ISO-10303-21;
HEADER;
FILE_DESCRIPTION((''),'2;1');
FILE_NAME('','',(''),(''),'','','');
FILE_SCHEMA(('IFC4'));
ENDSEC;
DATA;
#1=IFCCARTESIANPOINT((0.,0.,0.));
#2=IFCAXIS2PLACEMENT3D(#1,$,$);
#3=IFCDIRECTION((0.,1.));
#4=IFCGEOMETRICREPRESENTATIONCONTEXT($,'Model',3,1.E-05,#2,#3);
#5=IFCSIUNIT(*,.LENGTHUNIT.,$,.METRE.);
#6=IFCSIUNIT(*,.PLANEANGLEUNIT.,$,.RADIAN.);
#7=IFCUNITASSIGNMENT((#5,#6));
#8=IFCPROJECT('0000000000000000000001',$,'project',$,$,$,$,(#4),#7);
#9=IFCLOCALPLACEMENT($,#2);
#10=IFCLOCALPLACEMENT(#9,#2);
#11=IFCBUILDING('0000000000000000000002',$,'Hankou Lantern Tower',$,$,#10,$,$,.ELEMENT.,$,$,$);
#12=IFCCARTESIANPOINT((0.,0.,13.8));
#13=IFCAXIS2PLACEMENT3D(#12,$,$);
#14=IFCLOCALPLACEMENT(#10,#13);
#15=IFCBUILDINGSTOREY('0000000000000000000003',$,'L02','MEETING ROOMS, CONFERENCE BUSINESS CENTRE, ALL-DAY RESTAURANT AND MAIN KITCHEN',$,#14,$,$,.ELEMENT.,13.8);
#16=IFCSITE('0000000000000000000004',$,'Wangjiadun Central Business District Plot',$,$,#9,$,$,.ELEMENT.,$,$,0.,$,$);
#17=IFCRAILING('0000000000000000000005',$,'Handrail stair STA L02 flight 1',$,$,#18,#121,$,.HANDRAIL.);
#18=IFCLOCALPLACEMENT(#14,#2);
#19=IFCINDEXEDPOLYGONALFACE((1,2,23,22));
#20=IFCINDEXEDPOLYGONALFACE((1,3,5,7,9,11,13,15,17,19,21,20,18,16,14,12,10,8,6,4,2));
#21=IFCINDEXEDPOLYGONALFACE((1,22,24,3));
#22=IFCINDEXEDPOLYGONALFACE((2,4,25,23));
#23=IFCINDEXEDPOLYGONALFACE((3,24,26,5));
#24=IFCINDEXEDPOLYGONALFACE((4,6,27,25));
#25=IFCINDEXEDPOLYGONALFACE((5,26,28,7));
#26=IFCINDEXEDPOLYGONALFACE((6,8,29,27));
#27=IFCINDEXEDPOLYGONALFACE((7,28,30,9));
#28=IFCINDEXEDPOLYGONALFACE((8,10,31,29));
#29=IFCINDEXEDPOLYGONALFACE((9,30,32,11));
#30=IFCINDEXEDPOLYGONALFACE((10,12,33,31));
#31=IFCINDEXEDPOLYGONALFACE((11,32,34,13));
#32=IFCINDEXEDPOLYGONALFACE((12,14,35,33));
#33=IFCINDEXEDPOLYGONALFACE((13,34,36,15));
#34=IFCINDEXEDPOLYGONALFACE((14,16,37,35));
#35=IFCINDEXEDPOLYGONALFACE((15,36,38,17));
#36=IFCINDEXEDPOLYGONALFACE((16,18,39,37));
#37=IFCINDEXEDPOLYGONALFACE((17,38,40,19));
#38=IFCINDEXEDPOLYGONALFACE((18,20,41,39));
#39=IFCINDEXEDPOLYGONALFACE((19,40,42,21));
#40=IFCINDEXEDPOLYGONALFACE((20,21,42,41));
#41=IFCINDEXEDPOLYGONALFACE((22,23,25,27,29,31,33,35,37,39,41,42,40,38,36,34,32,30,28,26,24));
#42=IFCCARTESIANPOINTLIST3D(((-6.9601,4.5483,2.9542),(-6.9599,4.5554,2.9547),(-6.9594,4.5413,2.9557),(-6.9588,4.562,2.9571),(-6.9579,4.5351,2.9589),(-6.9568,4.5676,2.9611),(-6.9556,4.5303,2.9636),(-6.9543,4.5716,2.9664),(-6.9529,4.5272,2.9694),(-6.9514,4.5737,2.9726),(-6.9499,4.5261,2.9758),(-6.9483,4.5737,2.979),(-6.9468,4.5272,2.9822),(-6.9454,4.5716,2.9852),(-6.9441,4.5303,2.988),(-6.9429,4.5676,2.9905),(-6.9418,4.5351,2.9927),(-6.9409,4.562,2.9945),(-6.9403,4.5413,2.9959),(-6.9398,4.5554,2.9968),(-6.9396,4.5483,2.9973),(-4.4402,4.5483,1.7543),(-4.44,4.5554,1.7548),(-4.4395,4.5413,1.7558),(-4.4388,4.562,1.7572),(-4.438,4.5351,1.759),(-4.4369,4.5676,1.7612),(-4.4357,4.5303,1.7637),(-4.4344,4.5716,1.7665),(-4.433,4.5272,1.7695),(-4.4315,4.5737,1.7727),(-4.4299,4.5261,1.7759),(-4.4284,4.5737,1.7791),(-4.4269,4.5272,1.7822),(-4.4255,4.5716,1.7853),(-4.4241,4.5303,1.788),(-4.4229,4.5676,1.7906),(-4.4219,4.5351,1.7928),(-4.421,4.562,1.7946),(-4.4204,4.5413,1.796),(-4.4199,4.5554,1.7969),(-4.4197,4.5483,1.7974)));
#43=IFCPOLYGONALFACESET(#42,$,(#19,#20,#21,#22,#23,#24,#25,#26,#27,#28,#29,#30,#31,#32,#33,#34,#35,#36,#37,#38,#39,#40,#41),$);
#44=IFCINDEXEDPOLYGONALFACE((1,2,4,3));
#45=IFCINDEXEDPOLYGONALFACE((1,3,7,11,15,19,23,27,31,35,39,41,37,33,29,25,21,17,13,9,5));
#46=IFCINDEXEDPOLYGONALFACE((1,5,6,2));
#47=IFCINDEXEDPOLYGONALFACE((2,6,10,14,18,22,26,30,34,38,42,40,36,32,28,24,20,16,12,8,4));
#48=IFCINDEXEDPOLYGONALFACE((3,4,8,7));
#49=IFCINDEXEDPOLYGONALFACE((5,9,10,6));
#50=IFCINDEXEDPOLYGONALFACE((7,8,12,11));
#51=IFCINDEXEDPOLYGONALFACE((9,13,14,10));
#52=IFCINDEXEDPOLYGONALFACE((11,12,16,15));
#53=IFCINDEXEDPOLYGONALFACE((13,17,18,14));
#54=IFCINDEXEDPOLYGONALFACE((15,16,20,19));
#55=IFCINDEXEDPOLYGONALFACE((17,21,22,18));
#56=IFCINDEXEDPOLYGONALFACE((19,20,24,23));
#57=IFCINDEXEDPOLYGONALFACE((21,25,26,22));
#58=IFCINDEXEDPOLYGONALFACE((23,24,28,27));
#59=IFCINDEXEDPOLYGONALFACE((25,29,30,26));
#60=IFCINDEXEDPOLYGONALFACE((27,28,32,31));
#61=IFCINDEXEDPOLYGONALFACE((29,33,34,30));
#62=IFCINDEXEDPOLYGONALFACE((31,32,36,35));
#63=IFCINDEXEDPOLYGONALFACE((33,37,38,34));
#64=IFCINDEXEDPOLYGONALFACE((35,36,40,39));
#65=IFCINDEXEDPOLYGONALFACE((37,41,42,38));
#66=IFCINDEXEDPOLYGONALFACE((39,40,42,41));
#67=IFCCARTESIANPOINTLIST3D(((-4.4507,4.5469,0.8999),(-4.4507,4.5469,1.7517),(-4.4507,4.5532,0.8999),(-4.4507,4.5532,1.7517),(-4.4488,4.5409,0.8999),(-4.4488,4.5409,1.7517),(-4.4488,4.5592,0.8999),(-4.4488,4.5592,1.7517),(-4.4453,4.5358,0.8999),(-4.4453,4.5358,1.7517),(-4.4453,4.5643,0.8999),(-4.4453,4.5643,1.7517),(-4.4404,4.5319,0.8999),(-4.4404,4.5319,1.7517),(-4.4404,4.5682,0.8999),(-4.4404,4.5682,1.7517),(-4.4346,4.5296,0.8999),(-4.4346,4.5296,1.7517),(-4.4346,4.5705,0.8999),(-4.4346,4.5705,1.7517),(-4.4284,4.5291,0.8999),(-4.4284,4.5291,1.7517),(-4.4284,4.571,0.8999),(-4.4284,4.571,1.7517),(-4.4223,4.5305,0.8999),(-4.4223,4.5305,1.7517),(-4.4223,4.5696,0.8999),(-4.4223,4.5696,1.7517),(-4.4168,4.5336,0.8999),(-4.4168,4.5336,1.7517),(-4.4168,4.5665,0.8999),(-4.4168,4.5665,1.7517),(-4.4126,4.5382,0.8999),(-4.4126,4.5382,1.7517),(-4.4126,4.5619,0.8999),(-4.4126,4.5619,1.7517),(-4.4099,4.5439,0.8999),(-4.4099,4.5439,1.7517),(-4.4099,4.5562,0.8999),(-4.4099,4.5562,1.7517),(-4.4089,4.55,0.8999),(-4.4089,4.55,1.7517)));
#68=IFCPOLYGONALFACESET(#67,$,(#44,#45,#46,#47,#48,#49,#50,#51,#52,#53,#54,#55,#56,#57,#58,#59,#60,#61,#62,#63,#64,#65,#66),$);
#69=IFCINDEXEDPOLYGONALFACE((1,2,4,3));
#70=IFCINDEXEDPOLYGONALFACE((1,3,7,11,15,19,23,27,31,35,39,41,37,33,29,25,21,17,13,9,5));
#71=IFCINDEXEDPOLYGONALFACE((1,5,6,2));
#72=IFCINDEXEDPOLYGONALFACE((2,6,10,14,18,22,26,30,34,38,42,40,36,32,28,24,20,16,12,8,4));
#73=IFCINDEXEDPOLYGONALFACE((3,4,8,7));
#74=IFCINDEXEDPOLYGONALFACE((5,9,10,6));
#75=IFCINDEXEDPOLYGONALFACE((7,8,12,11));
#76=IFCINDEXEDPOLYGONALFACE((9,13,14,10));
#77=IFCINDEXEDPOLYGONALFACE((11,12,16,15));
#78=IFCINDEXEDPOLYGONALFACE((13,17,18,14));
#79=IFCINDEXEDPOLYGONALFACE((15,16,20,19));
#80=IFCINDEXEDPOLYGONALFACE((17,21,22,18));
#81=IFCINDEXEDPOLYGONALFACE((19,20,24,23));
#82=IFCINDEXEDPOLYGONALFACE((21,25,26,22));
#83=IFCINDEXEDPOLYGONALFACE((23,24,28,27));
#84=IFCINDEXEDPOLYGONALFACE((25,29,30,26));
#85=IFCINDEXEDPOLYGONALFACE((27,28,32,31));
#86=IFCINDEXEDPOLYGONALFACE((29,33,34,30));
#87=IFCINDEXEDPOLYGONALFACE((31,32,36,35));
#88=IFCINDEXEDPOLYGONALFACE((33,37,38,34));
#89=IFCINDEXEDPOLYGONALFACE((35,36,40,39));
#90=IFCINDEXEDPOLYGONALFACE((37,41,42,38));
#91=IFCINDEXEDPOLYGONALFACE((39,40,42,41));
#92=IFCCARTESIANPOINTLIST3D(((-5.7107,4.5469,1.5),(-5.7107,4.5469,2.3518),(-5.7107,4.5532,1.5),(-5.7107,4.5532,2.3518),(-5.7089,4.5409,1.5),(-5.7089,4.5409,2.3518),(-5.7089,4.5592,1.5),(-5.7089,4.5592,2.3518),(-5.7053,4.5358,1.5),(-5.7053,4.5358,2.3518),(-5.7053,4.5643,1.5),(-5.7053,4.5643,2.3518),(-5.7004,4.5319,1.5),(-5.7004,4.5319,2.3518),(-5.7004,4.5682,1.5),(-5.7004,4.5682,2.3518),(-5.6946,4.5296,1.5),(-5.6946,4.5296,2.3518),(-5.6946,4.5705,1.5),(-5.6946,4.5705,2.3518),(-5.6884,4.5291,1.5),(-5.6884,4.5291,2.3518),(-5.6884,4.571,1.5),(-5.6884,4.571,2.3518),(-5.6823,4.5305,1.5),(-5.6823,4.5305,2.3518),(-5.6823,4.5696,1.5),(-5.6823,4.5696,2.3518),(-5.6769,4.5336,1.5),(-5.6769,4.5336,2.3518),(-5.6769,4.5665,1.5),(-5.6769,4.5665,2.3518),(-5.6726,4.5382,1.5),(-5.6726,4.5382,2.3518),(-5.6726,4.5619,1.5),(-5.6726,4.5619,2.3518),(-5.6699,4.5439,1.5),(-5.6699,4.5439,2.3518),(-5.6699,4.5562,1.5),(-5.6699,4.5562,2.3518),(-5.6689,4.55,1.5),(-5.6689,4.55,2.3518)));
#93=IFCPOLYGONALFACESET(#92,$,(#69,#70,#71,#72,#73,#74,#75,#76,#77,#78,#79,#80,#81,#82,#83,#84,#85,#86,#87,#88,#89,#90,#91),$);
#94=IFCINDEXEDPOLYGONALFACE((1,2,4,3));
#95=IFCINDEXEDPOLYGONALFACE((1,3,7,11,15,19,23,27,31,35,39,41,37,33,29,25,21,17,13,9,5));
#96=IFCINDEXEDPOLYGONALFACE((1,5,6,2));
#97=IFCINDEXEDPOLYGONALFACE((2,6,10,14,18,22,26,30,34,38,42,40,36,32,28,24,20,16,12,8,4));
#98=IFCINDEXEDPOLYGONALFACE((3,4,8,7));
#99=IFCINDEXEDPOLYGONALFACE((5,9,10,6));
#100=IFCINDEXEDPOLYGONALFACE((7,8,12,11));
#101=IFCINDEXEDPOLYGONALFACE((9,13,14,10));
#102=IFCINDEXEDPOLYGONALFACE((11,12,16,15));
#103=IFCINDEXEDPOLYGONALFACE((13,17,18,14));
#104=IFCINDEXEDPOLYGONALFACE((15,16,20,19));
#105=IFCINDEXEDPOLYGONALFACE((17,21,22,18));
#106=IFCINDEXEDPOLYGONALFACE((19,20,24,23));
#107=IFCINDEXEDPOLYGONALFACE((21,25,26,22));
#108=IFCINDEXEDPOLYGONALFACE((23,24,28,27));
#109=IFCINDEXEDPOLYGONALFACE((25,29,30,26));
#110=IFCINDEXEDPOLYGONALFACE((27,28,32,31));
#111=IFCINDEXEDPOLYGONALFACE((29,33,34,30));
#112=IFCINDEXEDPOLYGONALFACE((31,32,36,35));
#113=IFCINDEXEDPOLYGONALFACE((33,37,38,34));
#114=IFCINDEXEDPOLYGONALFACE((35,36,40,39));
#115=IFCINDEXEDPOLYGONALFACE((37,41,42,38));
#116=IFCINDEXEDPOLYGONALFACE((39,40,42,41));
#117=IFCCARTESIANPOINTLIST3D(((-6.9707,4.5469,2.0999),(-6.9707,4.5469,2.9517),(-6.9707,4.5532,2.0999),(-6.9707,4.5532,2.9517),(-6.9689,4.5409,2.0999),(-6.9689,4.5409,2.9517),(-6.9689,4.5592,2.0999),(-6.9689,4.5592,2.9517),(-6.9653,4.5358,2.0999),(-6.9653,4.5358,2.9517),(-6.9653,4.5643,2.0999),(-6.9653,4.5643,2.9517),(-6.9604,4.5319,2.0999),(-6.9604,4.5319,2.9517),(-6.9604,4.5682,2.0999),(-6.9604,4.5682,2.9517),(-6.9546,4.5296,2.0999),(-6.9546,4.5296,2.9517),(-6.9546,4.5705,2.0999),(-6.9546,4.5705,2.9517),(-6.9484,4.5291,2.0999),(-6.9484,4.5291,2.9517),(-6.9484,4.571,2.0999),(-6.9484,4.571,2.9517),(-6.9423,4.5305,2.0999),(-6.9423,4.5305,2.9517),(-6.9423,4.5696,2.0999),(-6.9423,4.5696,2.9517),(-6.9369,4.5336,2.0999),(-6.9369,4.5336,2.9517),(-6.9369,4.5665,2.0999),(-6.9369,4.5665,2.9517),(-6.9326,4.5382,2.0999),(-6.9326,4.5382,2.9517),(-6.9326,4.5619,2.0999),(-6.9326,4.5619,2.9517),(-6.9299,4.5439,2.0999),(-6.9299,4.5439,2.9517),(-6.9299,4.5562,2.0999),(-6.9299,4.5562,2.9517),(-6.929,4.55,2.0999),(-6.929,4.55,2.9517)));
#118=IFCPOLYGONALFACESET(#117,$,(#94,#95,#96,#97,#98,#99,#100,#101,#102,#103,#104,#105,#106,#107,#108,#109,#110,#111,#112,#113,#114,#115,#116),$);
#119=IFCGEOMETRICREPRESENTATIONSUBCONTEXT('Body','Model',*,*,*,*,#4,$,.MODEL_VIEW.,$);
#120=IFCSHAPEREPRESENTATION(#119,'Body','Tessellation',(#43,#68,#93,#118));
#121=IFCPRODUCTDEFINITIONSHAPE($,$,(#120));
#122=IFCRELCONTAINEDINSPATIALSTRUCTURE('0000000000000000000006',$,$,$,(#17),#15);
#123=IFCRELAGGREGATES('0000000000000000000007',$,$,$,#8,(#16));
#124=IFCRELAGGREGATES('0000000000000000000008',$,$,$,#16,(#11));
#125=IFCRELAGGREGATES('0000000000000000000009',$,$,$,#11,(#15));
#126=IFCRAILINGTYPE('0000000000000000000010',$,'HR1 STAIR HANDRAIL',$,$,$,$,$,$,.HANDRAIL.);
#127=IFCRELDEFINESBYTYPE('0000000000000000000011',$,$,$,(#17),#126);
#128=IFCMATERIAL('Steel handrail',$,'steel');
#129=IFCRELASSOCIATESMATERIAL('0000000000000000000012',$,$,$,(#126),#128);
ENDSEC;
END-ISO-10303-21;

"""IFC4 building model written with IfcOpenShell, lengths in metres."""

from ifc_helpers import new_model, si_unit, direction, frame, origin, origin_2d, place, context, subcontext, project, spatial, circle, extrude, material, type_object, element, save


model = new_model("IFC4")

# Units and contexts
model_context = context("Model", 3, precision=1e-05, world=origin(), true_north=direction((0.0, 1.0)))
body_context = subcontext(model_context, "Body", "Model", "MODEL_VIEW")
ifc_project = project(units=[si_unit("LENGTHUNIT", "METRE"), si_unit("PLANEANGLEUNIT", "RADIAN")], contexts=[model_context])

# Site, building, storey
site_placement = place(None, origin())
site = spatial("IfcSite", under=ifc_project, at=site_placement, Name="Wangjiadun Central Business District Plot", CompositionType="ELEMENT", RefElevation=0.0)
building_placement = place(site_placement, origin())
building = spatial("IfcBuilding", under=site, at=building_placement, Name="Hankou Lantern Tower", CompositionType="ELEMENT")
storey_placement = place(building_placement, frame((0.0, 0.0, 13.8)))
storey = spatial("IfcBuildingStorey", under=building, at=storey_placement, Name="L02", Description="MEETING ROOMS, CONFERENCE BUSINESS CENTRE, ALL-DAY RESTAURANT AND MAIN KITCHEN", CompositionType="ELEMENT", Elevation=13.8)

# Railing
ifc_material_1 = material(Name="Steel handrail", Category="steel")
railing_type = type_object("IfcRailingType", Name="HR1 STAIR HANDRAIL", PredefinedType="HANDRAIL", material=ifc_material_1)
railing_1_placement = place(storey_placement, frame((-4.4299, 4.55, 0.8999)))
element("IfcRailing", 1, at=railing_1_placement, inside=storey, type_object=railing_type, Name="Handrail stair STA L02 flight 1", PredefinedType="HANDRAIL", context=body_context, shape_type="SweptSolid", body=[
    extrude(circle(Radius=0.0239, at=origin_2d()), frame((0.0, 0.0, 0.876), z_axis=(-0.902869, 0.0, 0.429917), x_axis=(0.0, -1.0, 0.0)), (0.0, 0.0, 1.0), 2.791),
    extrude(circle(Radius=0.021, at=origin_2d()), origin(), (0.0, 0.0, 1.0), 0.8518),
    extrude(circle(Radius=0.021, at=origin_2d()), frame((-1.26, 0.0, 0.6001)), (0.0, 0.0, 1.0), 0.8518),
    extrude(circle(Radius=0.021, at=origin_2d()), frame((-2.52, 0.0, 1.2)), (0.0, 0.0, 1.0), 0.8518),
])

save(model, "model.ifc")
